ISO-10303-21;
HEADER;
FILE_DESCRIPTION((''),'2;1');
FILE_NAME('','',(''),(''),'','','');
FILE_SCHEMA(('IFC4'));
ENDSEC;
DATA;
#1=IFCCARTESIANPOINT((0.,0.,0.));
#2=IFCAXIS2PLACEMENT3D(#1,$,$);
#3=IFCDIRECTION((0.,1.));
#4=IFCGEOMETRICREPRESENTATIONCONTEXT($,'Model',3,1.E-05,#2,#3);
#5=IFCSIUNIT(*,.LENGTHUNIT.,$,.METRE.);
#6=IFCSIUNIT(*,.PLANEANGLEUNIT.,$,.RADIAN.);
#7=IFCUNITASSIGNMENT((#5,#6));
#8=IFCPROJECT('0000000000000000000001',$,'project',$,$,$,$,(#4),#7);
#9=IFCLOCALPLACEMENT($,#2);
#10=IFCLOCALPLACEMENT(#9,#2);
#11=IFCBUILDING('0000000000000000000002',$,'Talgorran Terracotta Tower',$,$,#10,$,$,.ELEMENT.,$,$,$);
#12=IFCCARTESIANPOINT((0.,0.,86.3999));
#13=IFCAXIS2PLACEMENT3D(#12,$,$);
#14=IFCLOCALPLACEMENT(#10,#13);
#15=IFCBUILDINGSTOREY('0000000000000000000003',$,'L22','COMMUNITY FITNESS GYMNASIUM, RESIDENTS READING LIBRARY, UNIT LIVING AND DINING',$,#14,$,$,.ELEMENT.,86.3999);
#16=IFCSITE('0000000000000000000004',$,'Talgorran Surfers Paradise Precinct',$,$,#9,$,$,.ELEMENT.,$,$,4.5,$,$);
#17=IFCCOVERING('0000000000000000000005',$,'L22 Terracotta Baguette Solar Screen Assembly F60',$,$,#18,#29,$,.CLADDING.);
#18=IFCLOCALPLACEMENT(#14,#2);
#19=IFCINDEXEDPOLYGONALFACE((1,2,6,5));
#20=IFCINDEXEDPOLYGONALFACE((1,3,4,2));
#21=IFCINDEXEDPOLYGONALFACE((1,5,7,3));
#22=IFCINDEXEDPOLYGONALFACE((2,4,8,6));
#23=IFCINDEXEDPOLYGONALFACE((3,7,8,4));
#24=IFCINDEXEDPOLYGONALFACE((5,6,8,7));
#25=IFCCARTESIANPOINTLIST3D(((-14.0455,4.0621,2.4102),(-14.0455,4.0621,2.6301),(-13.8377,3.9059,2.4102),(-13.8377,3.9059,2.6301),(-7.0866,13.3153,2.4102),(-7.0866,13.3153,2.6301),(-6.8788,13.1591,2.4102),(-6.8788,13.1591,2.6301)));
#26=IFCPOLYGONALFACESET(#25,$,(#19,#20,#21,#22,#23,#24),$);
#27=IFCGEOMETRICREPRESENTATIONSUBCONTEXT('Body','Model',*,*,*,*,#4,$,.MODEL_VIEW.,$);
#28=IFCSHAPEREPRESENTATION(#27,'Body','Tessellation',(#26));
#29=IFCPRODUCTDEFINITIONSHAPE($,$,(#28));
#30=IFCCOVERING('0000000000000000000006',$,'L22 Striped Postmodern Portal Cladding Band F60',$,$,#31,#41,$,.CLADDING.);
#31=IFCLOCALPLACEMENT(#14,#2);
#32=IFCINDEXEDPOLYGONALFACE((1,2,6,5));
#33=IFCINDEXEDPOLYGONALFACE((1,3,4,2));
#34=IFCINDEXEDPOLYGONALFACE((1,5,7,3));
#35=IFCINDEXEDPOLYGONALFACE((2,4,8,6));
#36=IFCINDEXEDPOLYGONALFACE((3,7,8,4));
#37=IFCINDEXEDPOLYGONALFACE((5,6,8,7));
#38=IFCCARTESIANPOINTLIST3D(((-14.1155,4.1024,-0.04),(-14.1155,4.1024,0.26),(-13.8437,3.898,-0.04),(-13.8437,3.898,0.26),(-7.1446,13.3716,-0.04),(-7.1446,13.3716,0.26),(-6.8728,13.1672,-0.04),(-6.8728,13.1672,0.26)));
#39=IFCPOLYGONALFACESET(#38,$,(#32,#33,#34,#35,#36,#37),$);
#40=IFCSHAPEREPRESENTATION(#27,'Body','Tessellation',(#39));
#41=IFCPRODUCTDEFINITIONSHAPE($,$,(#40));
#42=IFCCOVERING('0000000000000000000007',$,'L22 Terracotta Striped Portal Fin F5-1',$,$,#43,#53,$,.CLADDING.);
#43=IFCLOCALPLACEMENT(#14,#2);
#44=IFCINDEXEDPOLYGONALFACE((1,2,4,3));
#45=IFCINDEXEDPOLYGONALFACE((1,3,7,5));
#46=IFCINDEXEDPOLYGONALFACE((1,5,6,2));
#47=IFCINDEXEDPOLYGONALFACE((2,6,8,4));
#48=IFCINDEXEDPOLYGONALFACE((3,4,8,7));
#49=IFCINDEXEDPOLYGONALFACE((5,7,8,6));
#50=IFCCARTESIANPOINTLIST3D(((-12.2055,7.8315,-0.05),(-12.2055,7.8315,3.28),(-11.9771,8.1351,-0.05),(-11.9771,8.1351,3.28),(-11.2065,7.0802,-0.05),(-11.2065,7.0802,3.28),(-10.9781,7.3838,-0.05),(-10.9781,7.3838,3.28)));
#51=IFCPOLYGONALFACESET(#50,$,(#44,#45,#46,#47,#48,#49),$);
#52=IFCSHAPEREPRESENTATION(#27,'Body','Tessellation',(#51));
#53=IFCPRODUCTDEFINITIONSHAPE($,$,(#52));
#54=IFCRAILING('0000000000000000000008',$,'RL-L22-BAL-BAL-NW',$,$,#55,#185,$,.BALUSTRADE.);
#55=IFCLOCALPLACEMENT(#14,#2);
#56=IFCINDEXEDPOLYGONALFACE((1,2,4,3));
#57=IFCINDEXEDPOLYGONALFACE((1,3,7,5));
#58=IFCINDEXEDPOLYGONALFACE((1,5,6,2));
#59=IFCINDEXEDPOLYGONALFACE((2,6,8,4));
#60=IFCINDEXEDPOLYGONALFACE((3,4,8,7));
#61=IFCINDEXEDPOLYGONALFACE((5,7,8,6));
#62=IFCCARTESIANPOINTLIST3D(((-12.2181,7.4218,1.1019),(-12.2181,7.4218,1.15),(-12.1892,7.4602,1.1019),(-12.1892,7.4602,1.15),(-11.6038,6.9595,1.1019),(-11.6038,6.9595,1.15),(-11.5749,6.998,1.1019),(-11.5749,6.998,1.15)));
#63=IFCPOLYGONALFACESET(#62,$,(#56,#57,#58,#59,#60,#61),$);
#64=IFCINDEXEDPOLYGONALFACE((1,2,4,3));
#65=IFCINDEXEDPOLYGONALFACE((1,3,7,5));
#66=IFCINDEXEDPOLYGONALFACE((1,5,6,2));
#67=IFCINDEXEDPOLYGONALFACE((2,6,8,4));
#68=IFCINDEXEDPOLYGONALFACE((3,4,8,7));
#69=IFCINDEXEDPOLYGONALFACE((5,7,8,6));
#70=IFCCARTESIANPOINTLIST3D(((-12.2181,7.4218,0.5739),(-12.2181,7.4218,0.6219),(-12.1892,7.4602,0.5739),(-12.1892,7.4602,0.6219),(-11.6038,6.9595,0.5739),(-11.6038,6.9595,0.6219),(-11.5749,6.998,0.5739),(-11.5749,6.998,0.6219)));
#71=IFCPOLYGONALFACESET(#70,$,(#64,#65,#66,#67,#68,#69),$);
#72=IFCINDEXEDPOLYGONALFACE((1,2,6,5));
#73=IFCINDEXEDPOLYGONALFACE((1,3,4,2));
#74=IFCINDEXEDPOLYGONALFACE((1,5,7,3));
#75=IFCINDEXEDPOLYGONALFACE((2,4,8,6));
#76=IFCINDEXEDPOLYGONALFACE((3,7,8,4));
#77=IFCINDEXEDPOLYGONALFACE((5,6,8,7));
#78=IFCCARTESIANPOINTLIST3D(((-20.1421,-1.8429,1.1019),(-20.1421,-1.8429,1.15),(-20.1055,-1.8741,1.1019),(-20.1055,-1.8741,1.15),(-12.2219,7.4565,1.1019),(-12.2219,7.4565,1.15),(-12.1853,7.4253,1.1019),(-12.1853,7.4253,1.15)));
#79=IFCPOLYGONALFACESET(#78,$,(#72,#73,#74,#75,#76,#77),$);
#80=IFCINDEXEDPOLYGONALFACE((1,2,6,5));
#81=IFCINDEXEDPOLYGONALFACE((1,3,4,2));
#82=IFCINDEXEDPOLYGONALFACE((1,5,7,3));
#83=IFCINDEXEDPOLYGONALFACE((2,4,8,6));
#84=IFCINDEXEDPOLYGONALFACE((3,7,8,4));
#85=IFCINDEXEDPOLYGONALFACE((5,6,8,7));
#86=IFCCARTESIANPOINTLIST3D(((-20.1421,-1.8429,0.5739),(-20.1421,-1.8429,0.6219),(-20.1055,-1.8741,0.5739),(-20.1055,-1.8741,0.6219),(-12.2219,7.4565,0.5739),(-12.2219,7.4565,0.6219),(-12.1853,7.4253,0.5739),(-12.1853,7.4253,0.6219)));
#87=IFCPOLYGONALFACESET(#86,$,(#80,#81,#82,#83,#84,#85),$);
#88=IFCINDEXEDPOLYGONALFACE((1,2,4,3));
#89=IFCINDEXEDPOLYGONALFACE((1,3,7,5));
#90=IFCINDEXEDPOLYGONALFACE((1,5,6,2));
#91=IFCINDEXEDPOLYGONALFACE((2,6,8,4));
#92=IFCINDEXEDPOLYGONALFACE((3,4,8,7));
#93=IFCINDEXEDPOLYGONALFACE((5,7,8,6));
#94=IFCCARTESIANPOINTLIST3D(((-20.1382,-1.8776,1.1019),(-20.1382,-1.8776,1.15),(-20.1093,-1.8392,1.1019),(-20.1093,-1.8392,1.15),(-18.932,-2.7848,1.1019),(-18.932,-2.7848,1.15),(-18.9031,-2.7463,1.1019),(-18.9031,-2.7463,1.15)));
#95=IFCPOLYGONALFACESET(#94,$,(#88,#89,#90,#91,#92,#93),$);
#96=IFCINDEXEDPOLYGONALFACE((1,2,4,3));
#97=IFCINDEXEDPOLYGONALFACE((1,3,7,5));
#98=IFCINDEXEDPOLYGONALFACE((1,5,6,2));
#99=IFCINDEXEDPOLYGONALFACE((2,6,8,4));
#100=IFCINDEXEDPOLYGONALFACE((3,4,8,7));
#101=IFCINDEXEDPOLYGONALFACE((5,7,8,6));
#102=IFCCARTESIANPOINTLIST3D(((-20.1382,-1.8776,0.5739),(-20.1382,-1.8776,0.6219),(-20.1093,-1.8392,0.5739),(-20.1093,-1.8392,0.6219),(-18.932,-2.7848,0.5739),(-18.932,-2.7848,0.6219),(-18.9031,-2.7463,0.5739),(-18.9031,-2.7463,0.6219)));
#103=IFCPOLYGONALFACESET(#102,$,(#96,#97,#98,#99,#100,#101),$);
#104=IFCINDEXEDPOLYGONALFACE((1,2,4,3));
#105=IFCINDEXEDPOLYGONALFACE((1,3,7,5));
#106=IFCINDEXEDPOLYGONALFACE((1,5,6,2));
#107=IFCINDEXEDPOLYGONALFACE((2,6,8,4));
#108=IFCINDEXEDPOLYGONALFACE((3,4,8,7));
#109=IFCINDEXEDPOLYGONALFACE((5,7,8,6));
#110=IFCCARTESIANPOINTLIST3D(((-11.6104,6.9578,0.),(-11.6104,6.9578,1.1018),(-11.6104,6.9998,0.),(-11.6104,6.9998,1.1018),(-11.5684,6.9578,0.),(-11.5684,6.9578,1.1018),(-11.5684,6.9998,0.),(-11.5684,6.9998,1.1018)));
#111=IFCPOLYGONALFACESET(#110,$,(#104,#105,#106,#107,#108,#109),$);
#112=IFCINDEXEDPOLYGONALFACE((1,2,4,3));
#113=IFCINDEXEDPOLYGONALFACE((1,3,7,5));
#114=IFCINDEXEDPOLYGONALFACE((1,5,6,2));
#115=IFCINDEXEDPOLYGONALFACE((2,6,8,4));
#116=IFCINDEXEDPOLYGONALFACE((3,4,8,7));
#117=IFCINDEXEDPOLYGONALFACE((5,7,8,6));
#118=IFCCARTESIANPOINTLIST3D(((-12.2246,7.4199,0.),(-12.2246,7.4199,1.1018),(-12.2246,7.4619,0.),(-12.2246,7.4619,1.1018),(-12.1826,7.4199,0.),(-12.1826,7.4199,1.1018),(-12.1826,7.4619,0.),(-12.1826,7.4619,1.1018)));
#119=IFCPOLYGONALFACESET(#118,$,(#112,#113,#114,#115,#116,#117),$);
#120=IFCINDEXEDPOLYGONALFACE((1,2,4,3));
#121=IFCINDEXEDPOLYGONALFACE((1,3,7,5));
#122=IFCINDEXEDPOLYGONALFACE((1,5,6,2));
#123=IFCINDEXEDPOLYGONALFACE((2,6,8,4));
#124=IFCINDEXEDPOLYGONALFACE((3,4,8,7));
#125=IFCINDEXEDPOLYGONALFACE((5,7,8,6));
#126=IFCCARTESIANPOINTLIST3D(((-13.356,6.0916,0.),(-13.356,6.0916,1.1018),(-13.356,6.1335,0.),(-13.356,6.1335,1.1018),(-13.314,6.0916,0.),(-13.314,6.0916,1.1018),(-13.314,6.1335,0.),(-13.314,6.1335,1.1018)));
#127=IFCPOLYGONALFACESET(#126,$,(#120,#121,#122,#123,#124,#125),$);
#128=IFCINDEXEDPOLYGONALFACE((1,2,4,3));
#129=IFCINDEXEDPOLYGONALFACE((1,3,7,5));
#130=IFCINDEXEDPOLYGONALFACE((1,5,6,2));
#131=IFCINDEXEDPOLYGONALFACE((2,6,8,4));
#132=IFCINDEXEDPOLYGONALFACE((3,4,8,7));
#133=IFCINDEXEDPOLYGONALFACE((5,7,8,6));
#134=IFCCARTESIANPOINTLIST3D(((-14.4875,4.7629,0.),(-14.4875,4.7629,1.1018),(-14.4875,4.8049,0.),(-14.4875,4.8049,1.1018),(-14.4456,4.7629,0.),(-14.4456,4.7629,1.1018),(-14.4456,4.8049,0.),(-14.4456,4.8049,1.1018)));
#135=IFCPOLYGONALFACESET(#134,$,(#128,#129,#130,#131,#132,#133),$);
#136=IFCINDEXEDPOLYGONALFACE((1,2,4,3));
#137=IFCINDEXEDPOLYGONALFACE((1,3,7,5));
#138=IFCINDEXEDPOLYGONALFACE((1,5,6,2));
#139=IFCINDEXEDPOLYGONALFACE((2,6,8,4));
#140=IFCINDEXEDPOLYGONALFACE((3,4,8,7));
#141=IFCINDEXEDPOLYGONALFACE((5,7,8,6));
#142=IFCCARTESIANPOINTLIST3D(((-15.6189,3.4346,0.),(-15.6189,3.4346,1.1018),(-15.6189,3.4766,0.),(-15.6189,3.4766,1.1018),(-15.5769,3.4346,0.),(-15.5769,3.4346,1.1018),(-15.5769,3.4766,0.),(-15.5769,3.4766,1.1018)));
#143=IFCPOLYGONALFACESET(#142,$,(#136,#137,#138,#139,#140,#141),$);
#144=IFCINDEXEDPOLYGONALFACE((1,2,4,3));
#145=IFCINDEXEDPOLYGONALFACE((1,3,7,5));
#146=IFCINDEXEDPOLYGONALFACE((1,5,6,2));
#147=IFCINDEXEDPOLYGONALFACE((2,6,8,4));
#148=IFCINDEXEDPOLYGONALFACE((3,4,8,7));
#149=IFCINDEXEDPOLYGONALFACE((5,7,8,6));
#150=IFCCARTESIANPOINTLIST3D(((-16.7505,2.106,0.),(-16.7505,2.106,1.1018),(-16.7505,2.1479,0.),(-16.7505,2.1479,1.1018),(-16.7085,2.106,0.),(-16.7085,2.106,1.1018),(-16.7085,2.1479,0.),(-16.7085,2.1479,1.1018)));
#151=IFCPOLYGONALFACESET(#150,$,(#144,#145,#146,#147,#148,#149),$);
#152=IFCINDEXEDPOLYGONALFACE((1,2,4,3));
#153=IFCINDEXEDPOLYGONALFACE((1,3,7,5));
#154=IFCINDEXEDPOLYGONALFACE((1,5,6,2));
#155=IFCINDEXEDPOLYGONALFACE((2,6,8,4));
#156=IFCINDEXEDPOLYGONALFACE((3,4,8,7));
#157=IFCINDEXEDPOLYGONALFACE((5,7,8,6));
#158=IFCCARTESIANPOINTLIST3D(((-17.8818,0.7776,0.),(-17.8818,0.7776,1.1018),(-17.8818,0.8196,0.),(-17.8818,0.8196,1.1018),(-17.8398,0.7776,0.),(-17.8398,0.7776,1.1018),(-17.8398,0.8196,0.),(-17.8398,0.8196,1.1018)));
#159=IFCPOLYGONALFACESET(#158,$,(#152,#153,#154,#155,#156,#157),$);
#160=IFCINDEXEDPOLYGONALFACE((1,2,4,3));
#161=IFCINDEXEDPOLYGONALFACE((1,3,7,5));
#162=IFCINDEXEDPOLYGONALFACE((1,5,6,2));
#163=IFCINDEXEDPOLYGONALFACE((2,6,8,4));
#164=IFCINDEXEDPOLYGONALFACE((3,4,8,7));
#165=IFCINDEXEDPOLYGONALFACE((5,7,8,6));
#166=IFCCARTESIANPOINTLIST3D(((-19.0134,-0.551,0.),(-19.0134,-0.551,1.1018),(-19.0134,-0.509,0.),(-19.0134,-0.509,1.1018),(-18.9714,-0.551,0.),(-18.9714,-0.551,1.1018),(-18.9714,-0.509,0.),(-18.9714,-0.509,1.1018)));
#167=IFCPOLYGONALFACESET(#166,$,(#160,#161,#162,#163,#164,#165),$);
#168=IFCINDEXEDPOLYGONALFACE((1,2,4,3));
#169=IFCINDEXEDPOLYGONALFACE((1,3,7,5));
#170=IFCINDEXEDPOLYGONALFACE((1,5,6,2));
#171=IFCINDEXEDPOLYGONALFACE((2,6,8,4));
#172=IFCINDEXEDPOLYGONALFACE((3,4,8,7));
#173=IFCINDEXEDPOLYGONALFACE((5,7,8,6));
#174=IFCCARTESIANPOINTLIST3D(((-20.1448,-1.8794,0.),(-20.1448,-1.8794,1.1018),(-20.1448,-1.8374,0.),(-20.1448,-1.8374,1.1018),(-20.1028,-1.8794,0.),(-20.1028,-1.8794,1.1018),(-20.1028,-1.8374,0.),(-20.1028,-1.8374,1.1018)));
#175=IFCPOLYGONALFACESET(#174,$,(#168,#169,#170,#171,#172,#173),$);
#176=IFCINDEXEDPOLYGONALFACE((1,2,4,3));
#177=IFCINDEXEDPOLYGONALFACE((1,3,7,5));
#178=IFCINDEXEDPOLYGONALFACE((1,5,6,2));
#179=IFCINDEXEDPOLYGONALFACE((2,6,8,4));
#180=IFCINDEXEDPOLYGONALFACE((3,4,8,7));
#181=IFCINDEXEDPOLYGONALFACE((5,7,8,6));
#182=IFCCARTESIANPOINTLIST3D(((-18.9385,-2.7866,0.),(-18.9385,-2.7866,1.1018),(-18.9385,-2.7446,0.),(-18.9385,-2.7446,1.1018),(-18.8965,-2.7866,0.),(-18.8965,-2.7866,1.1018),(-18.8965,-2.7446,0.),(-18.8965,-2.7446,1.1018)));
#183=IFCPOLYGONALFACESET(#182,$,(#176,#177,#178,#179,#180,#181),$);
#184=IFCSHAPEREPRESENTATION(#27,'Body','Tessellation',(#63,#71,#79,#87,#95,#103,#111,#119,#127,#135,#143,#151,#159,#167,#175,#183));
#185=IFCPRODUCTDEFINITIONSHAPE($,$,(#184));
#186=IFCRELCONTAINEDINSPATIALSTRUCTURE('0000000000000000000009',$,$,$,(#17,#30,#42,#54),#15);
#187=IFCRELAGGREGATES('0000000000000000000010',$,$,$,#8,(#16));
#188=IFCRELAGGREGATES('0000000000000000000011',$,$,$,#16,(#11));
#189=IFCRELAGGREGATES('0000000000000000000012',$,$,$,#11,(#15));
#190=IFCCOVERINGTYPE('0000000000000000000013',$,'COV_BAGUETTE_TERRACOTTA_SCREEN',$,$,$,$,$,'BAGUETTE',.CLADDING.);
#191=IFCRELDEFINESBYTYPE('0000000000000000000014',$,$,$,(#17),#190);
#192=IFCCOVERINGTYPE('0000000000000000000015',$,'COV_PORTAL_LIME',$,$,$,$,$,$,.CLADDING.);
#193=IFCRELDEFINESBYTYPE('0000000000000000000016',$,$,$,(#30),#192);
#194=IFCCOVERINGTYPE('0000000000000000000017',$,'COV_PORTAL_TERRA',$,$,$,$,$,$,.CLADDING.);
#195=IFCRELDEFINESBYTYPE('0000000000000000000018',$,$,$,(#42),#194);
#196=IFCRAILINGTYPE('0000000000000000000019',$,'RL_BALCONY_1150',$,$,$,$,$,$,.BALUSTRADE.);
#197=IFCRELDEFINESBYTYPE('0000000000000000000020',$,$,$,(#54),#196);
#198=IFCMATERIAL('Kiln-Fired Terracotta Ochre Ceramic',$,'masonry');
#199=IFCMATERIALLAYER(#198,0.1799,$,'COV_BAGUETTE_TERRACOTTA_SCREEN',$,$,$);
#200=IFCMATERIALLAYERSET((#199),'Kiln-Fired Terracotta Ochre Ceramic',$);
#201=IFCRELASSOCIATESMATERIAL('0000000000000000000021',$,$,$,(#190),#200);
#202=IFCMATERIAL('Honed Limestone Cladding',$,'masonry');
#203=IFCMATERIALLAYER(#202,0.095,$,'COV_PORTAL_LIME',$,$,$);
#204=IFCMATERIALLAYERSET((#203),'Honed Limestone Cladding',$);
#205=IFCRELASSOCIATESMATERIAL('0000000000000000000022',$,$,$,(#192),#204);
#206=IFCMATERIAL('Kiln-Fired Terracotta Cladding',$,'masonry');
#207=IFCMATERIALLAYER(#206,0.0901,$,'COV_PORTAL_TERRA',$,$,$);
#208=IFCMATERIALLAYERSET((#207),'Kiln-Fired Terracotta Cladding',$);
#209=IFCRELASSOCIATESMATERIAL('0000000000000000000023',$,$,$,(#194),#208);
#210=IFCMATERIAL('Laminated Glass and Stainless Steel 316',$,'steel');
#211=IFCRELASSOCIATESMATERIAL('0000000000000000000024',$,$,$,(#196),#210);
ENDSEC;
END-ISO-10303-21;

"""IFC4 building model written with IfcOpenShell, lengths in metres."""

from ifc_helpers import new_model, si_unit, direction, frame, origin, origin_2d, place, context, subcontext, project, spatial, rectangle, extrude, material, layer, layer_set, type_object, element, save


model = new_model("IFC4")

# Units and contexts
model_context = context("Model", 3, precision=1e-05, world=origin(), true_north=direction((0.0, 1.0)))
body_context = subcontext(model_context, "Body", "Model", "MODEL_VIEW")
ifc_project = project(units=[si_unit("LENGTHUNIT", "METRE"), si_unit("PLANEANGLEUNIT", "RADIAN")], contexts=[model_context])

# Site, building, storey
site_placement = place(None, origin())
site = spatial("IfcSite", under=ifc_project, at=site_placement, Name="Talgorran Surfers Paradise Precinct", CompositionType="ELEMENT", RefElevation=4.5)
building_placement = place(site_placement, origin())
building = spatial("IfcBuilding", under=site, at=building_placement, Name="Talgorran Terracotta Tower", CompositionType="ELEMENT")
storey_placement = place(building_placement, frame((0.0, 0.0, 86.3999)))
storey = spatial("IfcBuildingStorey", under=building, at=storey_placement, Name="L22", Description="COMMUNITY FITNESS GYMNASIUM, RESIDENTS READING LIBRARY, UNIT LIVING AND DINING", CompositionType="ELEMENT", Elevation=86.3999)

# Coverings
ifc_material_1 = material(Name="Kiln-Fired Terracotta Ochre Ceramic", Category="masonry")
ifc_layer_1 = layer(ifc_material_1, 0.1799, Name="COV_BAGUETTE_TERRACOTTA_SCREEN")
ifc_layer_set_1 = layer_set([ifc_layer_1], Name="Kiln-Fired Terracotta Ochre Ceramic")
covering_type_1 = type_object("IfcCoveringType", Name="COV_BAGUETTE_TERRACOTTA_SCREEN", ElementType="BAGUETTE", PredefinedType="CLADDING", material=ifc_layer_set_1)
covering_1_placement = place(storey_placement, frame((-10.4622, 8.6106, 2.4102), z_axis=(0.0, 0.0, 1.0), x_axis=(-0.601048, -0.799213, 0.0)))
element("IfcCovering", 1, at=covering_1_placement, inside=storey, type_object=covering_type_1, Name="L22 Terracotta Baguette Solar Screen Assembly F60", PredefinedType="CLADDING", context=body_context, shape_type="SweptSolid", body=[
    extrude(rectangle(XDim=11.5779, YDim=0.26, at=origin_2d()), origin(), (0.0, 0.0, 1.0), 0.22),
])
ifc_material_2 = material(Name="Honed Limestone Cladding", Category="masonry")
ifc_layer_2 = layer(ifc_material_2, 0.095, Name="COV_PORTAL_LIME")
ifc_layer_set_2 = layer_set([ifc_layer_2], Name="Honed Limestone Cladding")
covering_type_2 = type_object("IfcCoveringType", Name="COV_PORTAL_LIME", PredefinedType="CLADDING", material=ifc_layer_set_2)
covering_2_placement = place(storey_placement, frame((-10.4941, 8.6348, -0.04), z_axis=(0.0, 0.0, 1.0), x_axis=(-0.601048, -0.799213, 0.0)))
element("IfcCovering", 2, at=covering_2_placement, inside=storey, type_object=covering_type_2, Name="L22 Striped Postmodern Portal Cladding Band F60", PredefinedType="CLADDING", context=body_context, shape_type="SweptSolid", body=[
    extrude(rectangle(XDim=11.5979, YDim=0.3401, at=origin_2d()), origin(), (0.0, 0.0, 1.0), 0.3),
])
ifc_material_3 = material(Name="Kiln-Fired Terracotta Cladding", Category="masonry")
ifc_layer_3 = layer(ifc_material_3, 0.0901, Name="COV_PORTAL_TERRA")
ifc_layer_set_3 = layer_set([ifc_layer_3], Name="Kiln-Fired Terracotta Cladding")
covering_type_3 = type_object("IfcCoveringType", Name="COV_PORTAL_TERRA", PredefinedType="CLADDING", material=ifc_layer_set_3)
covering_3_placement = place(storey_placement, frame((-11.5918, 7.6077, -0.05), z_axis=(0.0, 0.0, 1.0), x_axis=(-0.601048, -0.799213, 0.0)))
element("IfcCovering", 3, at=covering_3_placement, inside=storey, type_object=covering_type_3, Name="L22 Terracotta Striped Portal Fin F5-1", PredefinedType="CLADDING", context=body_context, shape_type="SweptSolid", body=[
    extrude(rectangle(XDim=0.3799, YDim=1.25, at=origin_2d()), origin(), (0.0, 0.0, 1.0), 3.3301),
])

# Railing
ifc_material_4 = material(Name="Laminated Glass and Stainless Steel 316", Category="steel")
railing_type = type_object("IfcRailingType", Name="RL_BALCONY_1150", PredefinedType="BALUSTRADE", material=ifc_material_4)
railing_placement = place(storey_placement, frame((-11.5894, 6.9788, 0.0)))
element("IfcRailing", 4, at=railing_placement, inside=storey, type_object=railing_type, Name="RL-L22-BAL-BAL-NW", PredefinedType="BALUSTRADE", context=body_context, shape_type="SweptSolid", body=[
    extrude(rectangle(XDim=0.0481, YDim=0.0481, at=origin_2d()), frame((0.0, 0.0, 1.126), z_axis=(-0.799084, 0.601219, 0.0), x_axis=(-0.601219, -0.799084, 0.0)), (0.0, 0.0, 1.0), 0.7688),
    extrude(rectangle(XDim=0.0481, YDim=0.0481, at=origin_2d()), frame((0.0, 0.0, 0.5979), z_axis=(-0.799084, 0.601219, 0.0), x_axis=(-0.601219, -0.799084, 0.0)), (0.0, 0.0, 1.0), 0.7688),
    extrude(rectangle(XDim=0.0481, YDim=0.0481, at=origin_2d()), frame((-0.6143, 0.4622, 1.126), z_axis=(-0.648397, -0.761303, 0.0), x_axis=(0.761303, -0.648397, 0.0)), (0.0, 0.0, 1.0), 12.2151),
    extrude(rectangle(XDim=0.0481, YDim=0.0481, at=origin_2d()), frame((-0.6143, 0.4622, 0.5979), z_axis=(-0.648397, -0.761303, 0.0), x_axis=(0.761303, -0.648397, 0.0)), (0.0, 0.0, 1.0), 12.2151),
    extrude(rectangle(XDim=0.0481, YDim=0.0481, at=origin_2d()), frame((-8.5344, -8.8372, 1.126), z_axis=(0.799203, -0.601061, 0.0), x_axis=(0.601061, 0.799203, 0.0)), (0.0, 0.0, 1.0), 1.5093),
    extrude(rectangle(XDim=0.0481, YDim=0.0481, at=origin_2d()), frame((-8.5344, -8.8372, 0.5979), z_axis=(0.799203, -0.601061, 0.0), x_axis=(0.601061, 0.799203, 0.0)), (0.0, 0.0, 1.0), 1.5093),
    extrude(rectangle(XDim=0.042, YDim=0.042, at=origin_2d()), origin(), (0.0, 0.0, 1.0), 1.1018),
    extrude(rectangle(XDim=0.042, YDim=0.042, at=origin_2d()), frame((-0.6143, 0.4622, 0.0)), (0.0, 0.0, 1.0), 1.1018),
    extrude(rectangle(XDim=0.042, YDim=0.042, at=origin_2d()), frame((-1.7456, -0.8662, 0.0)), (0.0, 0.0, 1.0), 1.1018),
    extrude(rectangle(XDim=0.042, YDim=0.042, at=origin_2d()), frame((-2.8772, -2.1948, 0.0)), (0.0, 0.0, 1.0), 1.1018),
    extrude(rectangle(XDim=0.042, YDim=0.042, at=origin_2d()), frame((-4.0085, -3.5232, 0.0)), (0.0, 0.0, 1.0), 1.1018),
    extrude(rectangle(XDim=0.042, YDim=0.042, at=origin_2d()), frame((-5.1401, -4.8518, 0.0)), (0.0, 0.0, 1.0), 1.1018),
    extrude(rectangle(XDim=0.042, YDim=0.042, at=origin_2d()), frame((-6.2715, -6.1802, 0.0)), (0.0, 0.0, 1.0), 1.1018),
    extrude(rectangle(XDim=0.042, YDim=0.042, at=origin_2d()), frame((-7.4031, -7.5088, 0.0)), (0.0, 0.0, 1.0), 1.1018),
    extrude(rectangle(XDim=0.042, YDim=0.042, at=origin_2d()), frame((-8.5344, -8.8372, 0.0)), (0.0, 0.0, 1.0), 1.1018),
    extrude(rectangle(XDim=0.042, YDim=0.042, at=origin_2d()), frame((-7.3281, -9.7444, 0.0)), (0.0, 0.0, 1.0), 1.1018),
])

save(model, "model.ifc")
